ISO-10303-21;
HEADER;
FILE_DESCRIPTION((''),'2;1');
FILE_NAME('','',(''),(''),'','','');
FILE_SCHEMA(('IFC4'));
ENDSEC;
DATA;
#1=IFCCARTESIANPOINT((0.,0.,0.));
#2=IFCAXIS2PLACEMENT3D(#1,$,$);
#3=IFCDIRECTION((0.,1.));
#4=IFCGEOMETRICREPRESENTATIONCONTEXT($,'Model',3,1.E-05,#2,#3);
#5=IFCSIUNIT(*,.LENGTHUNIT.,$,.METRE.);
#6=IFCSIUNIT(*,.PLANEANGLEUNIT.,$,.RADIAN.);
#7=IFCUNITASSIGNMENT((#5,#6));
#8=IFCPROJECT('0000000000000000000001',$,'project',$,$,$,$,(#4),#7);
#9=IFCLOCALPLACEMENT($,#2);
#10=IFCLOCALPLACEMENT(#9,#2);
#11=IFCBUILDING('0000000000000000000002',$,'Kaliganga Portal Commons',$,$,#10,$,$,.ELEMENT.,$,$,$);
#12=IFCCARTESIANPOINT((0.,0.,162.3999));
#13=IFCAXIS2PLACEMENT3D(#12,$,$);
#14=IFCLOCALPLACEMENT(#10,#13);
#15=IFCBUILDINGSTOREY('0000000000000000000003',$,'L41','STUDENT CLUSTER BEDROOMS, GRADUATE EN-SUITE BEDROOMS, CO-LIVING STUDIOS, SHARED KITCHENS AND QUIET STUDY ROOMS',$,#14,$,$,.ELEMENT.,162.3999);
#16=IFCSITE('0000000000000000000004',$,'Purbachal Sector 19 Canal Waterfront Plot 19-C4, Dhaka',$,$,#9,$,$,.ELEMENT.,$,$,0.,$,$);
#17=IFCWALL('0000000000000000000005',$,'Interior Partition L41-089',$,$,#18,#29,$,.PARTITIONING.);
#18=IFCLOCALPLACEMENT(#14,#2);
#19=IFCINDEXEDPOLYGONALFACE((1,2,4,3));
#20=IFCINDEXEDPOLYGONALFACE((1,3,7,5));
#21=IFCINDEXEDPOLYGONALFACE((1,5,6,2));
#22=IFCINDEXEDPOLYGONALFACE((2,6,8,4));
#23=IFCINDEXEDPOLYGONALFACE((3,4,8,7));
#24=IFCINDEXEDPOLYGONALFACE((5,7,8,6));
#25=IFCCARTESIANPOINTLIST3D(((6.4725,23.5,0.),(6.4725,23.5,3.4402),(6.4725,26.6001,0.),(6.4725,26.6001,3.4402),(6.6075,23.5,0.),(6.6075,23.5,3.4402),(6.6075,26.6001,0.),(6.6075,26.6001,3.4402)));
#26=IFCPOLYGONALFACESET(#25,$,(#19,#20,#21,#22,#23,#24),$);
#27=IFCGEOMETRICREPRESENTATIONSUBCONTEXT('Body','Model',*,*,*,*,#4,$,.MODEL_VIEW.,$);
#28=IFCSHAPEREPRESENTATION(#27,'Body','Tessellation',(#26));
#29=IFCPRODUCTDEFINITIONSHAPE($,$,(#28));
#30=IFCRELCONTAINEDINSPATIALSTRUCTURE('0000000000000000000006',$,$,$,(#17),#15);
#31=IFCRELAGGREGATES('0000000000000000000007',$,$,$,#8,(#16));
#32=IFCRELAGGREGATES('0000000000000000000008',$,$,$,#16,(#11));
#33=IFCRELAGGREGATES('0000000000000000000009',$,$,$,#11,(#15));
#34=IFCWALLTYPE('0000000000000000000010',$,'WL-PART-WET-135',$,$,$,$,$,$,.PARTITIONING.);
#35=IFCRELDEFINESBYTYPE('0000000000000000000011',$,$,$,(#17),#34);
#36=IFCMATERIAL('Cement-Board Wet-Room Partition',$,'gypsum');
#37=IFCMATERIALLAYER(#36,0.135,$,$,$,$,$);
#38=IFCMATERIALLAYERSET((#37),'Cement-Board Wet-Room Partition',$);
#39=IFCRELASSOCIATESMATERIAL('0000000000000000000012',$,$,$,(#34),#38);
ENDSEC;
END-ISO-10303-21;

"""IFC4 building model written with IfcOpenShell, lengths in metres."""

from ifc_helpers import new_model, si_unit, direction, frame, frame_2d, origin, place, context, subcontext, project, spatial, rectangle, extrude, material, layer, layer_set, type_object, element, save


model = new_model("IFC4")

# Units and contexts
model_context = context("Model", 3, precision=1e-05, world=origin(), true_north=direction((0.0, 1.0)))
body_context = subcontext(model_context, "Body", "Model", "MODEL_VIEW")
ifc_project = project(units=[si_unit("LENGTHUNIT", "METRE"), si_unit("PLANEANGLEUNIT", "RADIAN")], contexts=[model_context])

# Site, building, storey
site_placement = place(None, origin())
site = spatial("IfcSite", under=ifc_project, at=site_placement, Name="Purbachal Sector 19 Canal Waterfront Plot 19-C4, Dhaka", CompositionType="ELEMENT", RefElevation=0.0)
building_placement = place(site_placement, origin())
building = spatial("IfcBuilding", under=site, at=building_placement, Name="Kaliganga Portal Commons", CompositionType="ELEMENT")
storey_placement = place(building_placement, frame((0.0, 0.0, 162.3999)))
storey = spatial("IfcBuildingStorey", under=building, at=storey_placement, Name="L41", Description="STUDENT CLUSTER BEDROOMS, GRADUATE EN-SUITE BEDROOMS, CO-LIVING STUDIOS, SHARED KITCHENS AND QUIET STUDY ROOMS", CompositionType="ELEMENT", Elevation=162.3999)

# Shared definitions
ifc_material_1 = material(Name="Cement-Board Wet-Room Partition", Category="gypsum")
ifc_layer_1 = layer(ifc_material_1, 0.135)
ifc_layer_set_1 = layer_set([ifc_layer_1], Name="Cement-Board Wet-Room Partition")
wall_type_1 = type_object("IfcWallType", Name="WL-PART-WET-135", PredefinedType="PARTITIONING", material=ifc_layer_set_1)

# Wall
wall_1_placement = place(storey_placement, frame((6.54, 23.5, 0.0), z_axis=(0.0, 0.0, 1.0), x_axis=(0.0, 1.0, 0.0)))
element("IfcWall", 1, at=wall_1_placement, inside=storey, type_object=wall_type_1, Name="Interior Partition L41-089", PredefinedType="PARTITIONING", context=body_context, shape_type="SweptSolid", body=[
    extrude(rectangle(XDim=3.1001, YDim=0.135, at=frame_2d((1.55, 0.0))), origin(), (0.0, 0.0, 1.0), 3.4402),
])

save(model, "model.ifc")
